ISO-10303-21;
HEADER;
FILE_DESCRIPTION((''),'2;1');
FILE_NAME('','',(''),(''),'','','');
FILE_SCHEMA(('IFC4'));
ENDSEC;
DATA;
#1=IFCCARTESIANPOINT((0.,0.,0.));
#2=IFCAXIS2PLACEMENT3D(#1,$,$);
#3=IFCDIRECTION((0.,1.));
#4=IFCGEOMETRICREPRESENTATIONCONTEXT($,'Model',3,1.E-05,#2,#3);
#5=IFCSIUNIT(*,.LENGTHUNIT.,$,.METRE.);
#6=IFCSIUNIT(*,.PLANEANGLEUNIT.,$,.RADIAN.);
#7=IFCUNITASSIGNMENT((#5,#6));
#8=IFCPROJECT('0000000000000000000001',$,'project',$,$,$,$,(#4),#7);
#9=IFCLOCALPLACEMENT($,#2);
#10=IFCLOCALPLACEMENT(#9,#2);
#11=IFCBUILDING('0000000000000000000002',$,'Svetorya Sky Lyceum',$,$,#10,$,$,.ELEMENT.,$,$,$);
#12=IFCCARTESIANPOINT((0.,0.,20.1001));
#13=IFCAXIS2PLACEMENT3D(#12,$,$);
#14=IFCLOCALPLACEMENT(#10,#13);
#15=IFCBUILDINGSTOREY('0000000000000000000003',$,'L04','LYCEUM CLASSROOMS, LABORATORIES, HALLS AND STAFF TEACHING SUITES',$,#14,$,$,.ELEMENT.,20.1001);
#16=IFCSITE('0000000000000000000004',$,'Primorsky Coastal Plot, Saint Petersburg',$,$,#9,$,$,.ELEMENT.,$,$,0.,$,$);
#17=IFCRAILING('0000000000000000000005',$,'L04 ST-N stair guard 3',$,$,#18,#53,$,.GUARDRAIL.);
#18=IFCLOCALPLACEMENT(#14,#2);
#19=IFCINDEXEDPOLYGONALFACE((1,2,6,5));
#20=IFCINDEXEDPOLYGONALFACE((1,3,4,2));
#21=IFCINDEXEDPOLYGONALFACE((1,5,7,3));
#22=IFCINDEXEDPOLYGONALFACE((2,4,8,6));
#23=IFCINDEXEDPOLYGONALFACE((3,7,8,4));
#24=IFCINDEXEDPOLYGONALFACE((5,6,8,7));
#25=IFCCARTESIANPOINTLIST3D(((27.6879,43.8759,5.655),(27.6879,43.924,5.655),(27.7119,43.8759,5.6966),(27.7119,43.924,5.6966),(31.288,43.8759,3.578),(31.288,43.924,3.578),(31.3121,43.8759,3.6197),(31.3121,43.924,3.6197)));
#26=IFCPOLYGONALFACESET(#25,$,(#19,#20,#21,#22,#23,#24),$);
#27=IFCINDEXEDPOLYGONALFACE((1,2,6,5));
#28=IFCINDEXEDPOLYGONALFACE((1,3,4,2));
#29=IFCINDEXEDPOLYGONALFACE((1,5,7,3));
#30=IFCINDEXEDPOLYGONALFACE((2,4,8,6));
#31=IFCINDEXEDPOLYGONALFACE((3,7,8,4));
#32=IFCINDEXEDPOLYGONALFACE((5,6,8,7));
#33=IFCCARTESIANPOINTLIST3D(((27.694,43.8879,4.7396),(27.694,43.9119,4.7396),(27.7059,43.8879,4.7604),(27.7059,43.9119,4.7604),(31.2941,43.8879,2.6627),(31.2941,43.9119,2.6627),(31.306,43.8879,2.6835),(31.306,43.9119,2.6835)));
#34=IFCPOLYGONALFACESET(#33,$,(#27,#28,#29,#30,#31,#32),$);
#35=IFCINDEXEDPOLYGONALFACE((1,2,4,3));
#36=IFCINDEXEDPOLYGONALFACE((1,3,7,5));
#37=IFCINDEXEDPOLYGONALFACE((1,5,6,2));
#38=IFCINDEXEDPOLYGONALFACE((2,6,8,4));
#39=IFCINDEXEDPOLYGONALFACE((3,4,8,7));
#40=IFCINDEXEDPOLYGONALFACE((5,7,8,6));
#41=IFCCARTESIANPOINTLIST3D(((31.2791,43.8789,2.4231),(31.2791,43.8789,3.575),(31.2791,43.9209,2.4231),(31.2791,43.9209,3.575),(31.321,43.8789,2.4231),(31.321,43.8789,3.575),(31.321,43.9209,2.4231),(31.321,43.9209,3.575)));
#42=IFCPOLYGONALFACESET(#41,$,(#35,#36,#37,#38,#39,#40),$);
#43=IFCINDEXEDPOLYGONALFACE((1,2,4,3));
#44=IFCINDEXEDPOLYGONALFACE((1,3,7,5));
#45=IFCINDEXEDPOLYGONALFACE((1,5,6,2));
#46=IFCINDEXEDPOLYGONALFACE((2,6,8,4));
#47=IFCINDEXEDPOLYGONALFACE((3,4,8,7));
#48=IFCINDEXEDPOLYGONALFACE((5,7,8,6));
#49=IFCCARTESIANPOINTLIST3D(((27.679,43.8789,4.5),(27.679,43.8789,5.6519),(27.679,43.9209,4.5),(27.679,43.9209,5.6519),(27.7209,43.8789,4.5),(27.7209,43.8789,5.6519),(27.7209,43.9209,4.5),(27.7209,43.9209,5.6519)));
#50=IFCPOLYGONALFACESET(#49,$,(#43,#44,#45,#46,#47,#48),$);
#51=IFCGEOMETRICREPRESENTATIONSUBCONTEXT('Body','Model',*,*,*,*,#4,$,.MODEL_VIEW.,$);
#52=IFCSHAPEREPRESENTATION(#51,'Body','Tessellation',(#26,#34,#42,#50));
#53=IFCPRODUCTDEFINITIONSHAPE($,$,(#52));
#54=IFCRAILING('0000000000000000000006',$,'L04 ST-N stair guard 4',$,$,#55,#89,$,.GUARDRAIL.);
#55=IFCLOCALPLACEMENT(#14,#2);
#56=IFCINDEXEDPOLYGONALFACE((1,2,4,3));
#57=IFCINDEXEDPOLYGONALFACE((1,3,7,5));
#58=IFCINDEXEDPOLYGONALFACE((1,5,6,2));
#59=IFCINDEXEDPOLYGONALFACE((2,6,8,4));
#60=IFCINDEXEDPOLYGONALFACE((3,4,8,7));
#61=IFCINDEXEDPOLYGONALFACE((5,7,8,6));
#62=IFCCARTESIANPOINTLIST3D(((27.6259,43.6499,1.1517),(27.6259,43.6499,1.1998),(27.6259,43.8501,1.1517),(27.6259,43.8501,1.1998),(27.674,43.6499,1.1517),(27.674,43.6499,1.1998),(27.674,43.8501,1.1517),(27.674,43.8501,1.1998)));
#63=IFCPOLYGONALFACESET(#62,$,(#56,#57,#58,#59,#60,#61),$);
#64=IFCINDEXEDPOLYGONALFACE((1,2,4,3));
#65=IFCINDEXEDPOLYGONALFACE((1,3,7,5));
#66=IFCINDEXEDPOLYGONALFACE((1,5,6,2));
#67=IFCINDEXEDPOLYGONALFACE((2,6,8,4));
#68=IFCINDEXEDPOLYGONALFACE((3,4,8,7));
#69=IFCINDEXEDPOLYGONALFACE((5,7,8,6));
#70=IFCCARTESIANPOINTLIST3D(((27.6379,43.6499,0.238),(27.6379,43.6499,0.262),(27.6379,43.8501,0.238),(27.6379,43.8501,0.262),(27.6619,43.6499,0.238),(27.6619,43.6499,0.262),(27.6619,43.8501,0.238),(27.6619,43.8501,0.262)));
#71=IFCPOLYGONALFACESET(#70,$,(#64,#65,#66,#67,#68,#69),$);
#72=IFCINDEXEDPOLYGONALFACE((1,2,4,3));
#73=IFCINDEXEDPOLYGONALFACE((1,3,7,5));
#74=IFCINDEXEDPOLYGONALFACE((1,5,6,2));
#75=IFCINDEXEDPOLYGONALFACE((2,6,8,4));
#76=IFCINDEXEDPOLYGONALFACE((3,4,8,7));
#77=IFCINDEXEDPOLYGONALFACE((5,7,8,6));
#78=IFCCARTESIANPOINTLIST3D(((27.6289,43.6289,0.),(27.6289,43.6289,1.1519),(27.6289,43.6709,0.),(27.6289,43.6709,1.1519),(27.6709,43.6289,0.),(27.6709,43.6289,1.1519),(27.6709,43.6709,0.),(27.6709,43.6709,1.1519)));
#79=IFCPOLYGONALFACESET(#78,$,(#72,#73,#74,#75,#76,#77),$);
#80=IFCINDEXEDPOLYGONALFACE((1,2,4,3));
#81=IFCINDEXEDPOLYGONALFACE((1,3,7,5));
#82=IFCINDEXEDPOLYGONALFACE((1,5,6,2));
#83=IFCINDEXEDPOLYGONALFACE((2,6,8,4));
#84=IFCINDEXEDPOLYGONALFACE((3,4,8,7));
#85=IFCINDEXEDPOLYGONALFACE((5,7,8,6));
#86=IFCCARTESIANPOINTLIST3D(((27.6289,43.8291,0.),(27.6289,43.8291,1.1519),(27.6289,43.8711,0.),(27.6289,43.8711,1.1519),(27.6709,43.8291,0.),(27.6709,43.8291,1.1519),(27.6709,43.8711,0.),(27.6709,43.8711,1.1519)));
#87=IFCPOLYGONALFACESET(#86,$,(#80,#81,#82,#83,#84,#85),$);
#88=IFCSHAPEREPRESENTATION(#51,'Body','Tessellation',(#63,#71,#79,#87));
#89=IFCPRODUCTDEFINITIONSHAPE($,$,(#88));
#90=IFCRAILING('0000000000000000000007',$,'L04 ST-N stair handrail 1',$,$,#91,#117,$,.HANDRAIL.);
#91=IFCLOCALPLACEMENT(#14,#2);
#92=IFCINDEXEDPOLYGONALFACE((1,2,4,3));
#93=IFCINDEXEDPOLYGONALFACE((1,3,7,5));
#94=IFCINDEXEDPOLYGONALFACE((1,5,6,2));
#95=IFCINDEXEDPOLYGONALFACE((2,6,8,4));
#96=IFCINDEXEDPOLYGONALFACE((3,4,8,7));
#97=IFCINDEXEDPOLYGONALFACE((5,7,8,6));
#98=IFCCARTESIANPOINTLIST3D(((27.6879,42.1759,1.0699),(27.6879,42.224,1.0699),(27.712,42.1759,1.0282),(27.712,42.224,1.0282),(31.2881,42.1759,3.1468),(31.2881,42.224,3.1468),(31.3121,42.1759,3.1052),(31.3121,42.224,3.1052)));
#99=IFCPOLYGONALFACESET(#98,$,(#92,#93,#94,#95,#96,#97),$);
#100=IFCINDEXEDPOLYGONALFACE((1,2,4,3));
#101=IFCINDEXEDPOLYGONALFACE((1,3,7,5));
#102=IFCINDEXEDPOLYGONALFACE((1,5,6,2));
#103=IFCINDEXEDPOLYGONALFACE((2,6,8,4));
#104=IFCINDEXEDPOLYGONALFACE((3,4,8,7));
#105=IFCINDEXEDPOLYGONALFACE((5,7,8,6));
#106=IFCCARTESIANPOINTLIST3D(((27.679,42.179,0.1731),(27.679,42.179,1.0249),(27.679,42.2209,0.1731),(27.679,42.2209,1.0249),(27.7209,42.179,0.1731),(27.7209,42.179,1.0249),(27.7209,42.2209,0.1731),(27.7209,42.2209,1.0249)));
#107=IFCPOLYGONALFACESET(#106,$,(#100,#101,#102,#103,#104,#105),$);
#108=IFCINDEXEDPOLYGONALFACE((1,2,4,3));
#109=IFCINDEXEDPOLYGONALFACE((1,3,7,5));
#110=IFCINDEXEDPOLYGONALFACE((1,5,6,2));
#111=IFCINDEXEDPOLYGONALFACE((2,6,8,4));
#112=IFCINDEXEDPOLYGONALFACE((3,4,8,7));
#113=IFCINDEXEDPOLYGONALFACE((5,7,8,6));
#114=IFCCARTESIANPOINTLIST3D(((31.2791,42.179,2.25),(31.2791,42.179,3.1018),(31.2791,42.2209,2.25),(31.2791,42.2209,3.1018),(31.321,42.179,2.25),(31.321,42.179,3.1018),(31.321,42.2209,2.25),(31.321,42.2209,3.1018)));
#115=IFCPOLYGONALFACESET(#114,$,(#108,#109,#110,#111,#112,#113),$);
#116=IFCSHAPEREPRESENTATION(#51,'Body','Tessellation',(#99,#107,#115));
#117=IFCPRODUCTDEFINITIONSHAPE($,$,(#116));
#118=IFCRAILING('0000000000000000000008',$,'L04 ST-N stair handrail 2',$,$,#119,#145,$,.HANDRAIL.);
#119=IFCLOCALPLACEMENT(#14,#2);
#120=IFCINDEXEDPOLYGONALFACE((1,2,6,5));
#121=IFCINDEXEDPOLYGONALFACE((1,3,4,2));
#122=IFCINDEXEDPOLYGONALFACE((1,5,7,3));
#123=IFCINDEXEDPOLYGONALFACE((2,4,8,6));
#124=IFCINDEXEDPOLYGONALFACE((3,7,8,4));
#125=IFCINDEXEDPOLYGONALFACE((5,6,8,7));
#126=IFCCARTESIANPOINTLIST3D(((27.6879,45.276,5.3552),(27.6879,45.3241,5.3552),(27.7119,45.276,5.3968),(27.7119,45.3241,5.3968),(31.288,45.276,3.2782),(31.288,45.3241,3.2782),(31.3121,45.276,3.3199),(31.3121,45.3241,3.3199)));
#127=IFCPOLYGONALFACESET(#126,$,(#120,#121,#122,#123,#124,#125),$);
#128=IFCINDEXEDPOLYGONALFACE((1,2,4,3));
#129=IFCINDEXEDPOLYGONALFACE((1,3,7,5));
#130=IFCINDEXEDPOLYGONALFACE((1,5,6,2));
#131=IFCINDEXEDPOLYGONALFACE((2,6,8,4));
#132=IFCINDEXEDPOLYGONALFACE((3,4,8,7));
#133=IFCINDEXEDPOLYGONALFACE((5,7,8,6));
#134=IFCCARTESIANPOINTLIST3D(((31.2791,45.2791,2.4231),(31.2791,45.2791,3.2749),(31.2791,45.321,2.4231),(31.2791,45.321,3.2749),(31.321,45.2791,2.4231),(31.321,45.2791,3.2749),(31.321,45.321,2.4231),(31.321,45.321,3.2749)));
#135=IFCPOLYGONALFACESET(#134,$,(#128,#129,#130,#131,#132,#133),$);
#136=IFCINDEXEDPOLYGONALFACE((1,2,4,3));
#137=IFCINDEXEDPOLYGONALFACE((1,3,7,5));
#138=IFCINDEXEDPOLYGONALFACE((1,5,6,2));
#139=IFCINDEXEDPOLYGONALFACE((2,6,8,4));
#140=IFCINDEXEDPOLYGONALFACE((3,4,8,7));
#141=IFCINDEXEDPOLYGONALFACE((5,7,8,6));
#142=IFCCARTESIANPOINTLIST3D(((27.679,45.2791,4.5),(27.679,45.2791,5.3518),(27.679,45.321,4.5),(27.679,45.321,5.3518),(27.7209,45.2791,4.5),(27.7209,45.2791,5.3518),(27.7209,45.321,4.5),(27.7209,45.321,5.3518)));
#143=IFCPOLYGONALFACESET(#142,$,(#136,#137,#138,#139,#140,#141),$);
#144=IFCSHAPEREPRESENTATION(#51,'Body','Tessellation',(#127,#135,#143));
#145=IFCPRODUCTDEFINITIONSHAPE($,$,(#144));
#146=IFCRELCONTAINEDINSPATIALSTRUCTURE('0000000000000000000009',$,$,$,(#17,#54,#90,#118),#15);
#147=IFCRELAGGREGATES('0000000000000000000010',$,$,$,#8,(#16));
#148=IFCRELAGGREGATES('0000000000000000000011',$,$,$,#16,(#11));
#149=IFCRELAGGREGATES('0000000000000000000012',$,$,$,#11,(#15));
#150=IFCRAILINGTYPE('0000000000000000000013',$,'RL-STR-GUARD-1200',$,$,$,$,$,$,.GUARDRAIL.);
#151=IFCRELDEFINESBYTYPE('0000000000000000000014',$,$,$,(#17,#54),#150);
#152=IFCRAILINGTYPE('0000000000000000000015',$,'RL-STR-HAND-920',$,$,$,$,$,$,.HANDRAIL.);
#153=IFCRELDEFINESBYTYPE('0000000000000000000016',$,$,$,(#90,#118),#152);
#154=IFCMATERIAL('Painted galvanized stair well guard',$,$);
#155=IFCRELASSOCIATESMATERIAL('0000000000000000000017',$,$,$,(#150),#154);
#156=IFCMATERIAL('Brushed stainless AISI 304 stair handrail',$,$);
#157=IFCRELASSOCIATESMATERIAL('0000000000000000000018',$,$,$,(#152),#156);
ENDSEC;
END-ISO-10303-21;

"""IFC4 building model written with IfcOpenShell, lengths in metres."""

from ifc_helpers import new_model, si_unit, direction, frame, origin, origin_2d, place, context, subcontext, project, spatial, rectangle, extrude, material, type_object, element, save


model = new_model("IFC4")

# Units and contexts
model_context = context("Model", 3, precision=1e-05, world=origin(), true_north=direction((0.0, 1.0)))
body_context = subcontext(model_context, "Body", "Model", "MODEL_VIEW")
ifc_project = project(units=[si_unit("LENGTHUNIT", "METRE"), si_unit("PLANEANGLEUNIT", "RADIAN")], contexts=[model_context])

# Site, building, storey
site_placement = place(None, origin())
site = spatial("IfcSite", under=ifc_project, at=site_placement, Name="Primorsky Coastal Plot, Saint Petersburg", CompositionType="ELEMENT", RefElevation=0.0)
building_placement = place(site_placement, origin())
building = spatial("IfcBuilding", under=site, at=building_placement, Name="Svetorya Sky Lyceum", CompositionType="ELEMENT")
storey_placement = place(building_placement, frame((0.0, 0.0, 20.1001)))
storey = spatial("IfcBuildingStorey", under=building, at=storey_placement, Name="L04", Description="LYCEUM CLASSROOMS, LABORATORIES, HALLS AND STAFF TEACHING SUITES", CompositionType="ELEMENT", Elevation=20.1001)

# Railings
ifc_material_1 = material(Name="Painted galvanized stair well guard")
railing_type_1 = type_object("IfcRailingType", Name="RL-STR-GUARD-1200", PredefinedType="GUARDRAIL", material=ifc_material_1)
railing_1_placement = place(storey_placement, frame((31.3, 43.8999, 2.4231)))
element("IfcRailing", 1, at=railing_1_placement, inside=storey, type_object=railing_type_1, Name="L04 ST-N stair guard 3", PredefinedType="GUARDRAIL", context=body_context, shape_type="SweptSolid", body=[
    extrude(rectangle(XDim=0.0481, YDim=0.0481, at=origin_2d()), frame((0.0, 0.0, 1.1758), z_axis=(-0.866193, 0.0, 0.499709), x_axis=(0.0, -1.0, 0.0)), (0.0, 0.0, 1.0), 4.1562),
    extrude(rectangle(XDim=0.0239, YDim=0.0239, at=origin_2d()), frame((0.0, 0.0, 0.25), z_axis=(-0.866193, 0.0, 0.499709), x_axis=(0.0, -1.0, 0.0)), (0.0, 0.0, 1.0), 4.1562),
    extrude(rectangle(XDim=0.042, YDim=0.042, at=origin_2d()), origin(), (0.0, 0.0, 1.0), 1.1519),
    extrude(rectangle(XDim=0.042, YDim=0.042, at=origin_2d()), frame((-3.6001, 0.0, 2.0769)), (0.0, 0.0, 1.0), 1.1519),
])
railing_2_placement = place(storey_placement, frame((27.6499, 43.6499, 0.0)))
element("IfcRailing", 2, at=railing_2_placement, inside=storey, type_object=railing_type_1, Name="L04 ST-N stair guard 4", PredefinedType="GUARDRAIL", context=body_context, shape_type="SweptSolid", body=[
    extrude(rectangle(XDim=0.0481, YDim=0.0481, at=origin_2d()), frame((0.0, 0.0, 1.1758), z_axis=(0.0, 1.0, 0.0), x_axis=(-1.0, 0.0, 0.0)), (0.0, 0.0, 1.0), 0.2002),
    extrude(rectangle(XDim=0.0239, YDim=0.0239, at=origin_2d()), frame((0.0, 0.0, 0.25), z_axis=(0.0, 1.0, 0.0), x_axis=(-1.0, 0.0, 0.0)), (0.0, 0.0, 1.0), 0.2002),
    extrude(rectangle(XDim=0.042, YDim=0.042, at=origin_2d()), origin(), (0.0, 0.0, 1.0), 1.1519),
    extrude(rectangle(XDim=0.042, YDim=0.042, at=origin_2d()), frame((0.0, 0.2002, 0.0)), (0.0, 0.0, 1.0), 1.1519),
])
ifc_material_2 = material(Name="Brushed stainless AISI 304 stair handrail")
railing_type_2 = type_object("IfcRailingType", Name="RL-STR-HAND-920", PredefinedType="HANDRAIL", material=ifc_material_2)
railing_3_placement = place(storey_placement, frame((27.7, 42.2, 0.1731)))
element("IfcRailing", 3, at=railing_3_placement, inside=storey, type_object=railing_type_2, Name="L04 ST-N stair handrail 1", PredefinedType="HANDRAIL", context=body_context, shape_type="SweptSolid", body=[
    extrude(rectangle(XDim=0.0481, YDim=0.0481, at=origin_2d()), frame((0.0, 0.0, 0.876), z_axis=(0.866193, 0.0, 0.499709), x_axis=(0.0, 1.0, 0.0)), (0.0, 0.0, 1.0), 4.1562),
    extrude(rectangle(XDim=0.042, YDim=0.042, at=origin_2d()), origin(), (0.0, 0.0, 1.0), 0.8518),
    extrude(rectangle(XDim=0.042, YDim=0.042, at=origin_2d()), frame((3.6001, 0.0, 2.0769)), (0.0, 0.0, 1.0), 0.8518),
])
railing_4_placement = place(storey_placement, frame((31.3, 45.3, 2.4231)))
element("IfcRailing", 4, at=railing_4_placement, inside=storey, type_object=railing_type_2, Name="L04 ST-N stair handrail 2", PredefinedType="HANDRAIL", context=body_context, shape_type="SweptSolid", body=[
    extrude(rectangle(XDim=0.0481, YDim=0.0481, at=origin_2d()), frame((0.0, 0.0, 0.876), z_axis=(-0.866193, 0.0, 0.499709), x_axis=(0.0, -1.0, 0.0)), (0.0, 0.0, 1.0), 4.1562),
    extrude(rectangle(XDim=0.042, YDim=0.042, at=origin_2d()), origin(), (0.0, 0.0, 1.0), 0.8518),
    extrude(rectangle(XDim=0.042, YDim=0.042, at=origin_2d()), frame((-3.6001, 0.0, 2.0769)), (0.0, 0.0, 1.0), 0.8518),
])

save(model, "model.ifc")
